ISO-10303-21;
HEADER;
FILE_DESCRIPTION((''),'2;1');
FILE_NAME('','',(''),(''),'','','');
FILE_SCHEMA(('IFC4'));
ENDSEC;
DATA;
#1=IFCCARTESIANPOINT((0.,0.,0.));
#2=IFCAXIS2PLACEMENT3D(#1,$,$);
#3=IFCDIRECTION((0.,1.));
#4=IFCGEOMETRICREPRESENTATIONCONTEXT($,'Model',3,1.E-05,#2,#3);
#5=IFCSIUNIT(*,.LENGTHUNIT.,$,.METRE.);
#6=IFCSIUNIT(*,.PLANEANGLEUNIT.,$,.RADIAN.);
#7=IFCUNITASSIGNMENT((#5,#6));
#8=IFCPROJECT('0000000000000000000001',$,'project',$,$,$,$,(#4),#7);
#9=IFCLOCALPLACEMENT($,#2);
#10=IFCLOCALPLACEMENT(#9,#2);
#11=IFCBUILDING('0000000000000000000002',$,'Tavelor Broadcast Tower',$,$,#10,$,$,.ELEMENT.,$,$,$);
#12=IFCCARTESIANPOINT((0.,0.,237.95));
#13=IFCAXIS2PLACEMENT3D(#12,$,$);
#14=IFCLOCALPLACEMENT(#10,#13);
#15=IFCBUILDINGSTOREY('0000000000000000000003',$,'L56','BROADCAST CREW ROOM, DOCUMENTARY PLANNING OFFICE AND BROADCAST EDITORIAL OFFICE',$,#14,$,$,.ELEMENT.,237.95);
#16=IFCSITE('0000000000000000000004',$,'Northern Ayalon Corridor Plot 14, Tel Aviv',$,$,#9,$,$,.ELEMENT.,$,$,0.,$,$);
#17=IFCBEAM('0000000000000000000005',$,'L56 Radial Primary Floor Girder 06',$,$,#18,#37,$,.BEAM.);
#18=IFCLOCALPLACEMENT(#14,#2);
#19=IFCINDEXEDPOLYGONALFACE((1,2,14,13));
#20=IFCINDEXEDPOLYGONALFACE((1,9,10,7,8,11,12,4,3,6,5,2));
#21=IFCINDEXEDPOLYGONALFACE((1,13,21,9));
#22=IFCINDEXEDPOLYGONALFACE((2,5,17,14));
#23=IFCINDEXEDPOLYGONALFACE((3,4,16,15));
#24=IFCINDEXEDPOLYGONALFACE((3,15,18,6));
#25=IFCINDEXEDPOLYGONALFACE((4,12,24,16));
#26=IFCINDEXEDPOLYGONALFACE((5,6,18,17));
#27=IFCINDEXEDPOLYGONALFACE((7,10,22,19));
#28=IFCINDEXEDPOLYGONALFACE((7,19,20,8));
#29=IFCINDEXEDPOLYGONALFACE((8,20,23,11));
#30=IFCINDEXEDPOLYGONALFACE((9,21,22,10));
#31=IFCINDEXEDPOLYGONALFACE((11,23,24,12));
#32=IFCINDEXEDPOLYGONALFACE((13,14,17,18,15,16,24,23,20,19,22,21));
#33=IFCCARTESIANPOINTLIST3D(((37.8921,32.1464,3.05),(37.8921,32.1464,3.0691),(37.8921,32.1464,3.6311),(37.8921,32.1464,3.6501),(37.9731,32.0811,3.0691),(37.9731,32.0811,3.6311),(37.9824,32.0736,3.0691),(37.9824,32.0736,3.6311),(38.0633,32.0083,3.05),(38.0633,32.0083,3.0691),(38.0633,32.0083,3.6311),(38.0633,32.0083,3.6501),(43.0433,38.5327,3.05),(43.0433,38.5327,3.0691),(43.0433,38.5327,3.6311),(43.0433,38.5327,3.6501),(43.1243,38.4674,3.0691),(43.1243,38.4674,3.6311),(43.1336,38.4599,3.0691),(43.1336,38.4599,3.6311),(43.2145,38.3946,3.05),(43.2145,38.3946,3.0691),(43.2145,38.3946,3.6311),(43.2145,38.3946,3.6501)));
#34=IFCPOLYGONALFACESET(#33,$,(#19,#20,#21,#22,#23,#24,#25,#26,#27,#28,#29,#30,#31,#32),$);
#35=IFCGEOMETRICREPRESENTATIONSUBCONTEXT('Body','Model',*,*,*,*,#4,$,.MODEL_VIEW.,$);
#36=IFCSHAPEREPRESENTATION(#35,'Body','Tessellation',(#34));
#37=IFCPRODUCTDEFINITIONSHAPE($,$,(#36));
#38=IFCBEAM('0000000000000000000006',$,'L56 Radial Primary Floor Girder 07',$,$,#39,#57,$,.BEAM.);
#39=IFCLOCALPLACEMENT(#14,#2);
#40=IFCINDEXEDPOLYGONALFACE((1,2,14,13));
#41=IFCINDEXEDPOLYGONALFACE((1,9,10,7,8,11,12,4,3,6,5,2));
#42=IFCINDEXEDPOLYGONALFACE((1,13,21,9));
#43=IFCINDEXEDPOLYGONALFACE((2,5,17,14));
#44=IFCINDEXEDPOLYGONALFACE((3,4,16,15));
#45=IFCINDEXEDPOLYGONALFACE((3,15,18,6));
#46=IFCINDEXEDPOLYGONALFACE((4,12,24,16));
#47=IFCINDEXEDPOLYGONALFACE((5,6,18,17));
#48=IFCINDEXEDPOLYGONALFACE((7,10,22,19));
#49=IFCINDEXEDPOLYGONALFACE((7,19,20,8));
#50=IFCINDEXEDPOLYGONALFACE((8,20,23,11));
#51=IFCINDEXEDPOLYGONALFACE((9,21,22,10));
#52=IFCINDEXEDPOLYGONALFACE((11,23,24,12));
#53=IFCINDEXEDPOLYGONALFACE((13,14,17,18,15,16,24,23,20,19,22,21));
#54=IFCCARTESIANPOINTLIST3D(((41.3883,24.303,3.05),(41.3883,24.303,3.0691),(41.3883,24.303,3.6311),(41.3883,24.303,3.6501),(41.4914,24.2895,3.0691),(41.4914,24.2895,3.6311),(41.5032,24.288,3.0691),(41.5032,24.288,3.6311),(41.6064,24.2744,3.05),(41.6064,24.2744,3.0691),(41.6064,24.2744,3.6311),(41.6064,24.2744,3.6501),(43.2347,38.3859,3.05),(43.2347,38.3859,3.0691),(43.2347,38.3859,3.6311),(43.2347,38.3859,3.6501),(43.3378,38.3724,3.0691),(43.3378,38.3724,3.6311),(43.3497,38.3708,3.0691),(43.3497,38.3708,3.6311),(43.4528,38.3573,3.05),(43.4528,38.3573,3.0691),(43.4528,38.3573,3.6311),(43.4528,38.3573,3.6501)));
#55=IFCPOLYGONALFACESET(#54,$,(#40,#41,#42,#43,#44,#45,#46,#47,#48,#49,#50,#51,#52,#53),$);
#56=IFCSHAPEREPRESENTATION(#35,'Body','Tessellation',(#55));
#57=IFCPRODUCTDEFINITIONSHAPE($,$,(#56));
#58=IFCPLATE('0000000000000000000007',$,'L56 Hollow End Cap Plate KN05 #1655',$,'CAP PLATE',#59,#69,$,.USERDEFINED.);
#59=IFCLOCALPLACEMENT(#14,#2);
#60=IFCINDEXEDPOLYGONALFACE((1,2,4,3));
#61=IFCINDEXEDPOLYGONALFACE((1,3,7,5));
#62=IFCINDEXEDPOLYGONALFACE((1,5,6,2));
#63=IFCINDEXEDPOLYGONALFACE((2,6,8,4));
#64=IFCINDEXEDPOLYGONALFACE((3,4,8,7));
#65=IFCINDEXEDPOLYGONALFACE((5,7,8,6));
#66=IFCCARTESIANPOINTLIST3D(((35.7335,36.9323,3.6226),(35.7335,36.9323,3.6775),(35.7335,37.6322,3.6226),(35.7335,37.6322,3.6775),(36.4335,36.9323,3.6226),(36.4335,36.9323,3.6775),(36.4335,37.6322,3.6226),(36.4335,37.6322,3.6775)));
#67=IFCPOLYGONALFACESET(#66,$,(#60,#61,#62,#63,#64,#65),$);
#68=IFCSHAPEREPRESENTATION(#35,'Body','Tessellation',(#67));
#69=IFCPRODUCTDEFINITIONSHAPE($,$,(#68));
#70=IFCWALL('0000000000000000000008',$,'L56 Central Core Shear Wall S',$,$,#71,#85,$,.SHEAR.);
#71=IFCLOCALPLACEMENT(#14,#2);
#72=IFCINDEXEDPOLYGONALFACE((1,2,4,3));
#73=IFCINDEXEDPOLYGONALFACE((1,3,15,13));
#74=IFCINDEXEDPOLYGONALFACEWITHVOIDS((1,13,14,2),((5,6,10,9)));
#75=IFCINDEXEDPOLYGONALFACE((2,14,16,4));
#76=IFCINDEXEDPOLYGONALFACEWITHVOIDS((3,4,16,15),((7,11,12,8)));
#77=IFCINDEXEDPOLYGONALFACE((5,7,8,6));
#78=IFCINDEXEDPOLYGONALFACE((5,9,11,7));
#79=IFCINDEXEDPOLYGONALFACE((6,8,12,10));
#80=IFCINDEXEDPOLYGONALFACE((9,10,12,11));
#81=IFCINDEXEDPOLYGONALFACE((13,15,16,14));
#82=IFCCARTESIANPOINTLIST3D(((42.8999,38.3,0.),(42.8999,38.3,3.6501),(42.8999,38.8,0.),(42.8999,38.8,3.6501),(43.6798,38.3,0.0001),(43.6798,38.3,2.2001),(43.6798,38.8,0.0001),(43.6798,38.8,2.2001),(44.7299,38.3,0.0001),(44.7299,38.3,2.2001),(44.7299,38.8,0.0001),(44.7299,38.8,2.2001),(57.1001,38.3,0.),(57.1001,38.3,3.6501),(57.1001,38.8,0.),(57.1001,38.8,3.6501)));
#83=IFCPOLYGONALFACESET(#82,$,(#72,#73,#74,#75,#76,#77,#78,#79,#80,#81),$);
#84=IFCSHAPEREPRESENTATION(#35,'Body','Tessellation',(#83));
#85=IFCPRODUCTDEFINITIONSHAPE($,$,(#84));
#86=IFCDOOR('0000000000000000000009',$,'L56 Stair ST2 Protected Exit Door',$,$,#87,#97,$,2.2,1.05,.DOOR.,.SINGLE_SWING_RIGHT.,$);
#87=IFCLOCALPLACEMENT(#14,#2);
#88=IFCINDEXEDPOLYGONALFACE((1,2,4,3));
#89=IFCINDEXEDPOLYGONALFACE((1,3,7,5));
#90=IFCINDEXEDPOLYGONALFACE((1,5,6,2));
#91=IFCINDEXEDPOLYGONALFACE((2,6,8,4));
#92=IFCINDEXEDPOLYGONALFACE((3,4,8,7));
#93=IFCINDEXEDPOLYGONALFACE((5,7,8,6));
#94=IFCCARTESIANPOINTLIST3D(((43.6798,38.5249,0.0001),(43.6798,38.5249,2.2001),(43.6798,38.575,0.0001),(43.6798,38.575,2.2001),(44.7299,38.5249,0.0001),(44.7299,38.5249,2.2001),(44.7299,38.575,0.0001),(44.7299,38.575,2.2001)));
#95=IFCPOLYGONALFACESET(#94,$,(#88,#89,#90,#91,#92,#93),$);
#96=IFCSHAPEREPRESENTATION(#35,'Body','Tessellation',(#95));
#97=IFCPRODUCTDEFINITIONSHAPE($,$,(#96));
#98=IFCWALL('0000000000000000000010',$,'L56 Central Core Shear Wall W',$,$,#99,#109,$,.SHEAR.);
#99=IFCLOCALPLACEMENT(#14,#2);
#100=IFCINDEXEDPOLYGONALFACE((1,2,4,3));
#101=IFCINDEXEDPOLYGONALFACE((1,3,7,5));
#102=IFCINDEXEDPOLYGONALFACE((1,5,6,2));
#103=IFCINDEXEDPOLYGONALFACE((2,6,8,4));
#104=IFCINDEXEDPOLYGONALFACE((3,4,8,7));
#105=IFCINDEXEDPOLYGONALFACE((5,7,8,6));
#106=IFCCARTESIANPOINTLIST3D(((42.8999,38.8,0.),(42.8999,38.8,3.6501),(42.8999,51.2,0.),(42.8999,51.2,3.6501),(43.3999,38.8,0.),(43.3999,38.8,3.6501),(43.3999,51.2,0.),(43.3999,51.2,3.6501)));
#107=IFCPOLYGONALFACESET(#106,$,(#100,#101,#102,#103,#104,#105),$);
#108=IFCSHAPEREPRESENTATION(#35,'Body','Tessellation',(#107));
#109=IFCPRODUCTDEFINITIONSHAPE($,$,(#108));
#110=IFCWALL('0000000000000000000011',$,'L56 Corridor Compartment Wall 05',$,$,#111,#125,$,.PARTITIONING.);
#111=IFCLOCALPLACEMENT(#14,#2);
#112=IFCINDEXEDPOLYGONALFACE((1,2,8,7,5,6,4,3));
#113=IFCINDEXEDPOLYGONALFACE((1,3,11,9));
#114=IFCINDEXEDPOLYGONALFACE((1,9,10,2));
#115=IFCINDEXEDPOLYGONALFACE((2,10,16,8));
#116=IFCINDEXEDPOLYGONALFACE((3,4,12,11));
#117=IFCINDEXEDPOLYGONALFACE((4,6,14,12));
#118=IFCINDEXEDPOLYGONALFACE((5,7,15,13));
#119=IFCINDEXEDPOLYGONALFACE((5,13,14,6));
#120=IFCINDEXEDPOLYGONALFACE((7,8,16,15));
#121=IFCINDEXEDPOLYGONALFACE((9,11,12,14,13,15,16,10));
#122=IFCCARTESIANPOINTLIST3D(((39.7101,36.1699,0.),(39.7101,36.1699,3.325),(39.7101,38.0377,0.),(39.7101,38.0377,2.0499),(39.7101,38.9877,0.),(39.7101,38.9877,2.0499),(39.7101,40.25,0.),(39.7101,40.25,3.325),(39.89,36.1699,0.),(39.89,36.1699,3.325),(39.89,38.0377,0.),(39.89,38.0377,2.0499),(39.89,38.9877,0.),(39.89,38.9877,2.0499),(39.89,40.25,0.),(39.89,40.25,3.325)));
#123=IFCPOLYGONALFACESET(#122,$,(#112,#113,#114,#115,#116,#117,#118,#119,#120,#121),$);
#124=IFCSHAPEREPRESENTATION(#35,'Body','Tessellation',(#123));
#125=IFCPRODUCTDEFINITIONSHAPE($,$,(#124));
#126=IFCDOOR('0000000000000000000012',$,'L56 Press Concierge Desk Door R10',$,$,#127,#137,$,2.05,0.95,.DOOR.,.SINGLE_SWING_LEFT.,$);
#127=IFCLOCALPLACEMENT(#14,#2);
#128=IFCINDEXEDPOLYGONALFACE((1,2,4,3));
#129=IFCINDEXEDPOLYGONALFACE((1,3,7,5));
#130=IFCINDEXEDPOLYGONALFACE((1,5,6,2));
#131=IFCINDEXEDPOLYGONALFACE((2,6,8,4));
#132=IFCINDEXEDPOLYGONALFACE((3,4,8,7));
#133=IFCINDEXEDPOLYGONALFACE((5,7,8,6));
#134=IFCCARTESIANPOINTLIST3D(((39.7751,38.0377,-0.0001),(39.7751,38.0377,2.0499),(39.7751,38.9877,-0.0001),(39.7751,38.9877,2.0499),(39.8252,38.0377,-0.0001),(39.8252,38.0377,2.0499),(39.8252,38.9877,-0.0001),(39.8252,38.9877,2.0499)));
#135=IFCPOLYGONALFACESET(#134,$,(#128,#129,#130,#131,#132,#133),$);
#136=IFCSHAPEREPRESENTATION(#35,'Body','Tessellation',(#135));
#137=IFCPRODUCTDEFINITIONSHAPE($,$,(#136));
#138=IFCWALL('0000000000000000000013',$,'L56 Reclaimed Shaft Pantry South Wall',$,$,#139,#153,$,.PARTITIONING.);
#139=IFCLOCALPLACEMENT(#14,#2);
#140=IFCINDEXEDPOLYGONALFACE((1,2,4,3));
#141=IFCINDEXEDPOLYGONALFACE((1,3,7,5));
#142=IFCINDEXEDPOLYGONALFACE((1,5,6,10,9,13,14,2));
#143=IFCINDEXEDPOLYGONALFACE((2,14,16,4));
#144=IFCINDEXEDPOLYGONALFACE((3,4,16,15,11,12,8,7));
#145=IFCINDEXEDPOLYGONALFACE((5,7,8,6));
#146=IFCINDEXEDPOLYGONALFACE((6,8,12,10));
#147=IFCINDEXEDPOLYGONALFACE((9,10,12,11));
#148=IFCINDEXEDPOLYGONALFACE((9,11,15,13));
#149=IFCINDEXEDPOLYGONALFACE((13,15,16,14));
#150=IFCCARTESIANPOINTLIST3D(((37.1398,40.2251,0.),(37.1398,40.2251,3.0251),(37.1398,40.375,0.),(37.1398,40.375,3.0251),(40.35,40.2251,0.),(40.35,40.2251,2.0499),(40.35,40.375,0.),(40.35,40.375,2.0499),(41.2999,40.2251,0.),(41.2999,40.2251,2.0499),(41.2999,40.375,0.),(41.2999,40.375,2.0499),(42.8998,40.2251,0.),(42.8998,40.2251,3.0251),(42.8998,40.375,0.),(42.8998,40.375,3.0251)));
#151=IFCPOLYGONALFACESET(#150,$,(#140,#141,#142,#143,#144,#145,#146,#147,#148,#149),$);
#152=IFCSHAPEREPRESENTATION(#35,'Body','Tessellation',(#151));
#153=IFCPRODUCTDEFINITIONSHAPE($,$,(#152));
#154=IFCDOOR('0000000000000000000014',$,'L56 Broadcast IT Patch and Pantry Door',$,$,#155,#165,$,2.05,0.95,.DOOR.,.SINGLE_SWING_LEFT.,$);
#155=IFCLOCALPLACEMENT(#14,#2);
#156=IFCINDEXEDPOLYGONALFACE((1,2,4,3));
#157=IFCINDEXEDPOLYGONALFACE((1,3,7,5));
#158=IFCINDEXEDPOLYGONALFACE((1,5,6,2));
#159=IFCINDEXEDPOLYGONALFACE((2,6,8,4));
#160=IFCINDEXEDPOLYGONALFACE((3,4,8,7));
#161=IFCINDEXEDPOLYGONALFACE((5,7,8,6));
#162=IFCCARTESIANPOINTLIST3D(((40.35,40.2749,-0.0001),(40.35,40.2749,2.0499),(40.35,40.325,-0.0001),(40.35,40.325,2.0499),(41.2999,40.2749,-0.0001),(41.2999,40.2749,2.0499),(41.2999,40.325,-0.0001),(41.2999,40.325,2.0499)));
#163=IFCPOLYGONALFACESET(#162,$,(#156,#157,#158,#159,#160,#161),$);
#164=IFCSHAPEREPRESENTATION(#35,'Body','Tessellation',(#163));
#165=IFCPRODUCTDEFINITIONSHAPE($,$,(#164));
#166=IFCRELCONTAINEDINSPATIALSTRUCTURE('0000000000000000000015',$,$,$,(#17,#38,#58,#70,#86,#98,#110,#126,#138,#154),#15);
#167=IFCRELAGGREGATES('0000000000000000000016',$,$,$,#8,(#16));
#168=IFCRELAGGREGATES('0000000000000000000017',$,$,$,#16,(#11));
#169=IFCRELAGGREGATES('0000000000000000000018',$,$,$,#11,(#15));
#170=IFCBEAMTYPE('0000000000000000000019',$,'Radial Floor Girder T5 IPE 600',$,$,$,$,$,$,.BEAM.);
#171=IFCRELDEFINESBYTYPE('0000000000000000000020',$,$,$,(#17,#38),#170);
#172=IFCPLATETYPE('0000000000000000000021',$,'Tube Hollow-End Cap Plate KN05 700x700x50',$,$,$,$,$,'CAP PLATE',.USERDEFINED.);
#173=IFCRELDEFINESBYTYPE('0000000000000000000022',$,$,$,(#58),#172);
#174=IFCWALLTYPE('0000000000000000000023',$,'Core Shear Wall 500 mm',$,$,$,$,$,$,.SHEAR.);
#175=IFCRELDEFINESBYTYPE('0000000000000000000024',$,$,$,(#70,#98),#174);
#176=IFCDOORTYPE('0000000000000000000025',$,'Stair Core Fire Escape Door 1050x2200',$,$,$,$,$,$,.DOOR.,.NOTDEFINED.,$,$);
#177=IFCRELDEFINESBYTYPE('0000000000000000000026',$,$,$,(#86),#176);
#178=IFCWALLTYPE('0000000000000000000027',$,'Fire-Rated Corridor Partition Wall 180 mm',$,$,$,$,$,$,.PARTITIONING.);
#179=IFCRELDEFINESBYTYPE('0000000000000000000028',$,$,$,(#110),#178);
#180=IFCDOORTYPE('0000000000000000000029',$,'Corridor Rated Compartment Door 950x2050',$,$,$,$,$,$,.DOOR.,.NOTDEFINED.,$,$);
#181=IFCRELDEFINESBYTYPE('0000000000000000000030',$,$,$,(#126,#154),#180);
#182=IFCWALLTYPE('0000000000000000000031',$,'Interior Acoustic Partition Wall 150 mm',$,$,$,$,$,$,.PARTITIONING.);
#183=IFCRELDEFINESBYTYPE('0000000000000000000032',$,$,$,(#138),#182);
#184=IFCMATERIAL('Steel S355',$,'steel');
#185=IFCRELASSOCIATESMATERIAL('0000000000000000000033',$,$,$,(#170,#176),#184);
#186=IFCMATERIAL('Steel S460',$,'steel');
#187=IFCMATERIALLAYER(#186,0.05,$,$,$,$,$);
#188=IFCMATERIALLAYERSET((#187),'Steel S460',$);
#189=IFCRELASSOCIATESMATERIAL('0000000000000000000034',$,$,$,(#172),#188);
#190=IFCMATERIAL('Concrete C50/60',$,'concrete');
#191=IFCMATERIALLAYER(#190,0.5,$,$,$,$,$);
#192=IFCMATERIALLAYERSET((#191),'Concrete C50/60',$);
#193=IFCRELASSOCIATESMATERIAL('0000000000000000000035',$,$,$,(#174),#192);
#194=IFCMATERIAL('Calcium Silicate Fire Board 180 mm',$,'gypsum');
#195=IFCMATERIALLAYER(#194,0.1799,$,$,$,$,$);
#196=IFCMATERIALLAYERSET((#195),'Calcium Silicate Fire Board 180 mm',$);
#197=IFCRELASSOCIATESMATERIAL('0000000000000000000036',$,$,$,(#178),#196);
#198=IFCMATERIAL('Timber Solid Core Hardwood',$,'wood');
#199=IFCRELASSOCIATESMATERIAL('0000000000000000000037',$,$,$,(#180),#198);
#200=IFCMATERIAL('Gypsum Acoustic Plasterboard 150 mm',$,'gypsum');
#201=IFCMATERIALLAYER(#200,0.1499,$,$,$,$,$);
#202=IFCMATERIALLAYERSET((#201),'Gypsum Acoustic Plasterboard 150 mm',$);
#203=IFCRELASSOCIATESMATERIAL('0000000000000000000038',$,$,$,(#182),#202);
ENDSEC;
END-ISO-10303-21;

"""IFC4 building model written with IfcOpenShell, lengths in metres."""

from ifc_helpers import new_model, si_unit, direction, frame, frame_2d, origin, origin_2d, place, context, subcontext, project, spatial, rectangle, i_section, extrude, source, transform, mapped, material, layer, layer_set, material_profile, profile_set, type_object, type_shapes, element, fill, save


model = new_model("IFC4")

# Units and contexts
model_context = context("Model", 3, precision=1e-05, world=origin(), true_north=direction((0.0, 1.0)))
body_context = subcontext(model_context, "Body", "Model", "MODEL_VIEW")
ifc_project = project(units=[si_unit("LENGTHUNIT", "METRE"), si_unit("PLANEANGLEUNIT", "RADIAN")], contexts=[model_context])

# Site, building, storey
site_placement = place(None, origin())
site = spatial("IfcSite", under=ifc_project, at=site_placement, Name="Northern Ayalon Corridor Plot 14, Tel Aviv", CompositionType="ELEMENT", RefElevation=0.0)
building_placement = place(site_placement, origin())
building = spatial("IfcBuilding", under=site, at=building_placement, Name="Tavelor Broadcast Tower", CompositionType="ELEMENT")
storey_placement = place(building_placement, frame((0.0, 0.0, 237.95)))
storey = spatial("IfcBuildingStorey", under=building, at=storey_placement, Name="L56", Description="BROADCAST CREW ROOM, DOCUMENTARY PLANNING OFFICE AND BROADCAST EDITORIAL OFFICE", CompositionType="ELEMENT", Elevation=237.95)

# Shared definitions
ifc_material_1 = material(Name="Concrete C50/60", Category="concrete")
ifc_material_2 = material(Name="Steel S460", Category="steel")

# Beams
ifc_material_3 = material(Name="Steel S355", Category="steel")
ifc_material_profile_1 = material_profile(ifc_material_3, i_section(OverallWidth=0.22, OverallDepth=0.6001, WebThickness=0.012, FlangeThickness=0.019, at=origin_2d()), Name="IPE 600")
ifc_profile_set_1 = profile_set([ifc_material_profile_1], Name="Steel S355")
beam_type_1 = type_object("IfcBeamType", Name="Radial Floor Girder T5 IPE 600", PredefinedType="BEAM", material=ifc_profile_set_1)
beam_1_placement = place(storey_placement, frame((43.1289, 38.4636, 3.3501), z_axis=(-0.627822, -0.778357, 0.0), x_axis=(0.778357, -0.627822, 0.0)))
element("IfcBeam", 1, at=beam_1_placement, inside=storey, type_object=beam_type_1, Name="L56 Radial Primary Floor Girder 06", PredefinedType="BEAM", context=body_context, shape_type="SweptSolid", body=[
    extrude(i_section(OverallWidth=0.22, OverallDepth=0.6001, WebThickness=0.012, FlangeThickness=0.019, at=origin_2d()), origin(), (0.0, 0.0, 1.0), 8.2048),
])
beam_2_placement = place(storey_placement, frame((43.3438, 38.3716, 3.3501), z_axis=(-0.130001, -0.991514, 0.0), x_axis=(0.991514, -0.130001, 0.0)))
element("IfcBeam", 2, at=beam_2_placement, inside=storey, type_object=beam_type_1, Name="L56 Radial Primary Floor Girder 07", PredefinedType="BEAM", context=body_context, shape_type="SweptSolid", body=[
    extrude(i_section(OverallWidth=0.22, OverallDepth=0.6001, WebThickness=0.012, FlangeThickness=0.019, at=origin_2d()), origin(), (0.0, 0.0, 1.0), 14.2034),
])

# Plate
ifc_layer_1 = layer(ifc_material_2, 0.05)
ifc_layer_set_1 = layer_set([ifc_layer_1], Name="Steel S460")
plate_type = type_object("IfcPlateType", Name="Tube Hollow-End Cap Plate KN05 700x700x50", ElementType="CAP PLATE", PredefinedType="USERDEFINED", material=ifc_layer_set_1)
shared_shape = source(origin(), body_context, "Body", "SweptSolid", [
    extrude(rectangle(XDim=0.7, YDim=0.7, at=origin_2d()), origin(), (0.0, 0.0, 1.0), 0.0549),
])
type_shapes(plate_type, [shared_shape])
plate_placement = place(storey_placement, frame((36.0835, 37.2822, 3.6226), z_axis=(0.0, 0.0, 1.0), x_axis=(1.0, 0.0, 0.0)))
element("IfcPlate", 3, at=plate_placement, inside=storey, type_object=plate_type, Name="L56 Hollow End Cap Plate KN05 #1655", ObjectType="CAP PLATE", PredefinedType="USERDEFINED", context=body_context, shape_type="MappedRepresentation", body=[
    mapped(shared_shape, transform((0.0, 0.0, 0.0), scale=1.0)),
])

# Wall, opening, door
ifc_layer_2 = layer(ifc_material_1, 0.5)
ifc_layer_set_2 = layer_set([ifc_layer_2], Name="Concrete C50/60")
wall_type_1 = type_object("IfcWallType", Name="Core Shear Wall 500 mm", PredefinedType="SHEAR", material=ifc_layer_set_2)
wall_1_placement = place(storey_placement, frame((42.8999, 38.55, 0.0), z_axis=(0.0, 0.0, 1.0), x_axis=(1.0, 0.0, 0.0)))
wall_1 = element("IfcWall", 4, at=wall_1_placement, inside=storey, type_object=wall_type_1, Name="L56 Central Core Shear Wall S", PredefinedType="SHEAR", context=body_context, shape_type="SweptSolid", body=[
    extrude(rectangle(XDim=14.2002, YDim=0.5, at=frame_2d((7.1001, 0.0))), origin(), (0.0, 0.0, 1.0), 3.6501),
])
opening_1_placement = place(wall_1_placement, frame((0.78, 0.0, 0.0)))
opening_1 = element("IfcOpeningElement", 5, at=opening_1_placement, cuts=wall_1, PredefinedType="OPENING", context=body_context, shape_type="SweptSolid", body=[
    extrude(rectangle(XDim=1.05, YDim=2.2, at=frame_2d((0.5249, 1.1001))), frame((0.0, 0.26, 0.0), z_axis=(0.0, -1.0, 0.0), x_axis=(1.0, 0.0, 0.0)), (0.0, 0.0, 1.0), 0.52),
])
door_type_1 = type_object("IfcDoorType", Name="Stair Core Fire Escape Door 1050x2200", OperationType="NOTDEFINED", PredefinedType="DOOR", material=ifc_material_3)
door_1_placement = place(opening_1_placement, origin())
door_1 = element("IfcDoor", 6, at=door_1_placement, inside=storey, type_object=door_type_1, Name="L56 Stair ST2 Protected Exit Door", OperationType="SINGLE_SWING_RIGHT", OverallHeight=2.2, OverallWidth=1.05, PredefinedType="DOOR", context=body_context, shape_type="SweptSolid", body=[
    extrude(rectangle(XDim=1.05, YDim=2.2, at=frame_2d((0.5249, 1.1001))), frame((0.0, 0.0249, 0.0), z_axis=(0.0, -1.0, 0.0), x_axis=(1.0, 0.0, 0.0)), (0.0, 0.0, 1.0), 0.05),
])
fill(opening_1, door_1)

# Wall
wall_2_placement = place(storey_placement, frame((43.1499, 38.8, 0.0), z_axis=(0.0, 0.0, 1.0), x_axis=(0.0, 1.0, 0.0)))
element("IfcWall", 7, at=wall_2_placement, inside=storey, type_object=wall_type_1, Name="L56 Central Core Shear Wall W", PredefinedType="SHEAR", context=body_context, shape_type="SweptSolid", body=[
    extrude(rectangle(XDim=12.3999, YDim=0.5, at=frame_2d((6.2, 0.0))), origin(), (0.0, 0.0, 1.0), 3.6501),
])

# Walls, openings, doors
ifc_material_4 = material(Name="Calcium Silicate Fire Board 180 mm", Category="gypsum")
ifc_layer_3 = layer(ifc_material_4, 0.1799)
ifc_layer_set_3 = layer_set([ifc_layer_3], Name="Calcium Silicate Fire Board 180 mm")
wall_type_2 = type_object("IfcWallType", Name="Fire-Rated Corridor Partition Wall 180 mm", PredefinedType="PARTITIONING", material=ifc_layer_set_3)
wall_3_placement = place(storey_placement, frame((39.8, 36.1699, 0.0), z_axis=(0.0, 0.0, 1.0), x_axis=(0.0, 1.0, 0.0)))
wall_3 = element("IfcWall", 8, at=wall_3_placement, inside=storey, type_object=wall_type_2, Name="L56 Corridor Compartment Wall 05", PredefinedType="PARTITIONING", context=body_context, shape_type="SweptSolid", body=[
    extrude(rectangle(XDim=4.0801, YDim=0.1799, at=frame_2d((2.04, 0.0))), origin(), (0.0, 0.0, 1.0), 3.325),
])
opening_2_placement = place(wall_3_placement, frame((1.8677, 0.0, 0.0)))
opening_2 = element("IfcOpeningElement", 9, at=opening_2_placement, cuts=wall_3, PredefinedType="OPENING", context=body_context, shape_type="SweptSolid", body=[
    extrude(rectangle(XDim=0.95, YDim=2.05, at=frame_2d((0.4751, 1.0249))), frame((0.0, 0.1001, 0.0), z_axis=(0.0, -1.0, 0.0), x_axis=(1.0, 0.0, 0.0)), (0.0, 0.0, 1.0), 0.2),
])
ifc_material_5 = material(Name="Timber Solid Core Hardwood", Category="wood")
door_type_2 = type_object("IfcDoorType", Name="Corridor Rated Compartment Door 950x2050", OperationType="NOTDEFINED", PredefinedType="DOOR", material=ifc_material_5)
door_2_placement = place(opening_2_placement, origin())
door_2 = element("IfcDoor", 10, at=door_2_placement, inside=storey, type_object=door_type_2, Name="L56 Press Concierge Desk Door R10", OperationType="SINGLE_SWING_LEFT", OverallHeight=2.05, OverallWidth=0.95, PredefinedType="DOOR", context=body_context, shape_type="SweptSolid", body=[
    extrude(rectangle(XDim=0.95, YDim=2.05, at=frame_2d((0.4751, 1.0249))), frame((0.0, 0.0249, 0.0), z_axis=(0.0, -1.0, 0.0), x_axis=(1.0, 0.0, 0.0)), (0.0, 0.0, 1.0), 0.05),
])
fill(opening_2, door_2)
ifc_material_6 = material(Name="Gypsum Acoustic Plasterboard 150 mm", Category="gypsum")
ifc_layer_4 = layer(ifc_material_6, 0.1499)
ifc_layer_set_4 = layer_set([ifc_layer_4], Name="Gypsum Acoustic Plasterboard 150 mm")
wall_type_3 = type_object("IfcWallType", Name="Interior Acoustic Partition Wall 150 mm", PredefinedType="PARTITIONING", material=ifc_layer_set_4)
wall_4_placement = place(storey_placement, frame((37.1399, 40.3, 0.0), z_axis=(0.0, 0.0, 1.0), x_axis=(1.0, 0.0, 0.0)))
wall_4 = element("IfcWall", 11, at=wall_4_placement, inside=storey, type_object=wall_type_3, Name="L56 Reclaimed Shaft Pantry South Wall", PredefinedType="PARTITIONING", context=body_context, shape_type="SweptSolid", body=[
    extrude(rectangle(XDim=5.76, YDim=0.1499, at=frame_2d((2.8799, 0.0))), origin(), (0.0, 0.0, 1.0), 3.0251),
])
opening_3_placement = place(wall_4_placement, frame((3.21, 0.0, 0.0)))
opening_3 = element("IfcOpeningElement", 12, at=opening_3_placement, cuts=wall_4, PredefinedType="OPENING", context=body_context, shape_type="SweptSolid", body=[
    extrude(rectangle(XDim=0.95, YDim=2.05, at=frame_2d((0.4751, 1.0249))), frame((0.0, 0.085, 0.0), z_axis=(0.0, -1.0, 0.0), x_axis=(1.0, 0.0, 0.0)), (0.0, 0.0, 1.0), 0.1699),
])
door_3_placement = place(opening_3_placement, origin())
door_3 = element("IfcDoor", 13, at=door_3_placement, inside=storey, type_object=door_type_2, Name="L56 Broadcast IT Patch and Pantry Door", OperationType="SINGLE_SWING_LEFT", OverallHeight=2.05, OverallWidth=0.95, PredefinedType="DOOR", context=body_context, shape_type="SweptSolid", body=[
    extrude(rectangle(XDim=0.95, YDim=2.05, at=frame_2d((0.4751, 1.0249))), frame((0.0, 0.0249, 0.0), z_axis=(0.0, -1.0, 0.0), x_axis=(1.0, 0.0, 0.0)), (0.0, 0.0, 1.0), 0.05),
])
fill(opening_3, door_3)

save(model, "model.ifc")
